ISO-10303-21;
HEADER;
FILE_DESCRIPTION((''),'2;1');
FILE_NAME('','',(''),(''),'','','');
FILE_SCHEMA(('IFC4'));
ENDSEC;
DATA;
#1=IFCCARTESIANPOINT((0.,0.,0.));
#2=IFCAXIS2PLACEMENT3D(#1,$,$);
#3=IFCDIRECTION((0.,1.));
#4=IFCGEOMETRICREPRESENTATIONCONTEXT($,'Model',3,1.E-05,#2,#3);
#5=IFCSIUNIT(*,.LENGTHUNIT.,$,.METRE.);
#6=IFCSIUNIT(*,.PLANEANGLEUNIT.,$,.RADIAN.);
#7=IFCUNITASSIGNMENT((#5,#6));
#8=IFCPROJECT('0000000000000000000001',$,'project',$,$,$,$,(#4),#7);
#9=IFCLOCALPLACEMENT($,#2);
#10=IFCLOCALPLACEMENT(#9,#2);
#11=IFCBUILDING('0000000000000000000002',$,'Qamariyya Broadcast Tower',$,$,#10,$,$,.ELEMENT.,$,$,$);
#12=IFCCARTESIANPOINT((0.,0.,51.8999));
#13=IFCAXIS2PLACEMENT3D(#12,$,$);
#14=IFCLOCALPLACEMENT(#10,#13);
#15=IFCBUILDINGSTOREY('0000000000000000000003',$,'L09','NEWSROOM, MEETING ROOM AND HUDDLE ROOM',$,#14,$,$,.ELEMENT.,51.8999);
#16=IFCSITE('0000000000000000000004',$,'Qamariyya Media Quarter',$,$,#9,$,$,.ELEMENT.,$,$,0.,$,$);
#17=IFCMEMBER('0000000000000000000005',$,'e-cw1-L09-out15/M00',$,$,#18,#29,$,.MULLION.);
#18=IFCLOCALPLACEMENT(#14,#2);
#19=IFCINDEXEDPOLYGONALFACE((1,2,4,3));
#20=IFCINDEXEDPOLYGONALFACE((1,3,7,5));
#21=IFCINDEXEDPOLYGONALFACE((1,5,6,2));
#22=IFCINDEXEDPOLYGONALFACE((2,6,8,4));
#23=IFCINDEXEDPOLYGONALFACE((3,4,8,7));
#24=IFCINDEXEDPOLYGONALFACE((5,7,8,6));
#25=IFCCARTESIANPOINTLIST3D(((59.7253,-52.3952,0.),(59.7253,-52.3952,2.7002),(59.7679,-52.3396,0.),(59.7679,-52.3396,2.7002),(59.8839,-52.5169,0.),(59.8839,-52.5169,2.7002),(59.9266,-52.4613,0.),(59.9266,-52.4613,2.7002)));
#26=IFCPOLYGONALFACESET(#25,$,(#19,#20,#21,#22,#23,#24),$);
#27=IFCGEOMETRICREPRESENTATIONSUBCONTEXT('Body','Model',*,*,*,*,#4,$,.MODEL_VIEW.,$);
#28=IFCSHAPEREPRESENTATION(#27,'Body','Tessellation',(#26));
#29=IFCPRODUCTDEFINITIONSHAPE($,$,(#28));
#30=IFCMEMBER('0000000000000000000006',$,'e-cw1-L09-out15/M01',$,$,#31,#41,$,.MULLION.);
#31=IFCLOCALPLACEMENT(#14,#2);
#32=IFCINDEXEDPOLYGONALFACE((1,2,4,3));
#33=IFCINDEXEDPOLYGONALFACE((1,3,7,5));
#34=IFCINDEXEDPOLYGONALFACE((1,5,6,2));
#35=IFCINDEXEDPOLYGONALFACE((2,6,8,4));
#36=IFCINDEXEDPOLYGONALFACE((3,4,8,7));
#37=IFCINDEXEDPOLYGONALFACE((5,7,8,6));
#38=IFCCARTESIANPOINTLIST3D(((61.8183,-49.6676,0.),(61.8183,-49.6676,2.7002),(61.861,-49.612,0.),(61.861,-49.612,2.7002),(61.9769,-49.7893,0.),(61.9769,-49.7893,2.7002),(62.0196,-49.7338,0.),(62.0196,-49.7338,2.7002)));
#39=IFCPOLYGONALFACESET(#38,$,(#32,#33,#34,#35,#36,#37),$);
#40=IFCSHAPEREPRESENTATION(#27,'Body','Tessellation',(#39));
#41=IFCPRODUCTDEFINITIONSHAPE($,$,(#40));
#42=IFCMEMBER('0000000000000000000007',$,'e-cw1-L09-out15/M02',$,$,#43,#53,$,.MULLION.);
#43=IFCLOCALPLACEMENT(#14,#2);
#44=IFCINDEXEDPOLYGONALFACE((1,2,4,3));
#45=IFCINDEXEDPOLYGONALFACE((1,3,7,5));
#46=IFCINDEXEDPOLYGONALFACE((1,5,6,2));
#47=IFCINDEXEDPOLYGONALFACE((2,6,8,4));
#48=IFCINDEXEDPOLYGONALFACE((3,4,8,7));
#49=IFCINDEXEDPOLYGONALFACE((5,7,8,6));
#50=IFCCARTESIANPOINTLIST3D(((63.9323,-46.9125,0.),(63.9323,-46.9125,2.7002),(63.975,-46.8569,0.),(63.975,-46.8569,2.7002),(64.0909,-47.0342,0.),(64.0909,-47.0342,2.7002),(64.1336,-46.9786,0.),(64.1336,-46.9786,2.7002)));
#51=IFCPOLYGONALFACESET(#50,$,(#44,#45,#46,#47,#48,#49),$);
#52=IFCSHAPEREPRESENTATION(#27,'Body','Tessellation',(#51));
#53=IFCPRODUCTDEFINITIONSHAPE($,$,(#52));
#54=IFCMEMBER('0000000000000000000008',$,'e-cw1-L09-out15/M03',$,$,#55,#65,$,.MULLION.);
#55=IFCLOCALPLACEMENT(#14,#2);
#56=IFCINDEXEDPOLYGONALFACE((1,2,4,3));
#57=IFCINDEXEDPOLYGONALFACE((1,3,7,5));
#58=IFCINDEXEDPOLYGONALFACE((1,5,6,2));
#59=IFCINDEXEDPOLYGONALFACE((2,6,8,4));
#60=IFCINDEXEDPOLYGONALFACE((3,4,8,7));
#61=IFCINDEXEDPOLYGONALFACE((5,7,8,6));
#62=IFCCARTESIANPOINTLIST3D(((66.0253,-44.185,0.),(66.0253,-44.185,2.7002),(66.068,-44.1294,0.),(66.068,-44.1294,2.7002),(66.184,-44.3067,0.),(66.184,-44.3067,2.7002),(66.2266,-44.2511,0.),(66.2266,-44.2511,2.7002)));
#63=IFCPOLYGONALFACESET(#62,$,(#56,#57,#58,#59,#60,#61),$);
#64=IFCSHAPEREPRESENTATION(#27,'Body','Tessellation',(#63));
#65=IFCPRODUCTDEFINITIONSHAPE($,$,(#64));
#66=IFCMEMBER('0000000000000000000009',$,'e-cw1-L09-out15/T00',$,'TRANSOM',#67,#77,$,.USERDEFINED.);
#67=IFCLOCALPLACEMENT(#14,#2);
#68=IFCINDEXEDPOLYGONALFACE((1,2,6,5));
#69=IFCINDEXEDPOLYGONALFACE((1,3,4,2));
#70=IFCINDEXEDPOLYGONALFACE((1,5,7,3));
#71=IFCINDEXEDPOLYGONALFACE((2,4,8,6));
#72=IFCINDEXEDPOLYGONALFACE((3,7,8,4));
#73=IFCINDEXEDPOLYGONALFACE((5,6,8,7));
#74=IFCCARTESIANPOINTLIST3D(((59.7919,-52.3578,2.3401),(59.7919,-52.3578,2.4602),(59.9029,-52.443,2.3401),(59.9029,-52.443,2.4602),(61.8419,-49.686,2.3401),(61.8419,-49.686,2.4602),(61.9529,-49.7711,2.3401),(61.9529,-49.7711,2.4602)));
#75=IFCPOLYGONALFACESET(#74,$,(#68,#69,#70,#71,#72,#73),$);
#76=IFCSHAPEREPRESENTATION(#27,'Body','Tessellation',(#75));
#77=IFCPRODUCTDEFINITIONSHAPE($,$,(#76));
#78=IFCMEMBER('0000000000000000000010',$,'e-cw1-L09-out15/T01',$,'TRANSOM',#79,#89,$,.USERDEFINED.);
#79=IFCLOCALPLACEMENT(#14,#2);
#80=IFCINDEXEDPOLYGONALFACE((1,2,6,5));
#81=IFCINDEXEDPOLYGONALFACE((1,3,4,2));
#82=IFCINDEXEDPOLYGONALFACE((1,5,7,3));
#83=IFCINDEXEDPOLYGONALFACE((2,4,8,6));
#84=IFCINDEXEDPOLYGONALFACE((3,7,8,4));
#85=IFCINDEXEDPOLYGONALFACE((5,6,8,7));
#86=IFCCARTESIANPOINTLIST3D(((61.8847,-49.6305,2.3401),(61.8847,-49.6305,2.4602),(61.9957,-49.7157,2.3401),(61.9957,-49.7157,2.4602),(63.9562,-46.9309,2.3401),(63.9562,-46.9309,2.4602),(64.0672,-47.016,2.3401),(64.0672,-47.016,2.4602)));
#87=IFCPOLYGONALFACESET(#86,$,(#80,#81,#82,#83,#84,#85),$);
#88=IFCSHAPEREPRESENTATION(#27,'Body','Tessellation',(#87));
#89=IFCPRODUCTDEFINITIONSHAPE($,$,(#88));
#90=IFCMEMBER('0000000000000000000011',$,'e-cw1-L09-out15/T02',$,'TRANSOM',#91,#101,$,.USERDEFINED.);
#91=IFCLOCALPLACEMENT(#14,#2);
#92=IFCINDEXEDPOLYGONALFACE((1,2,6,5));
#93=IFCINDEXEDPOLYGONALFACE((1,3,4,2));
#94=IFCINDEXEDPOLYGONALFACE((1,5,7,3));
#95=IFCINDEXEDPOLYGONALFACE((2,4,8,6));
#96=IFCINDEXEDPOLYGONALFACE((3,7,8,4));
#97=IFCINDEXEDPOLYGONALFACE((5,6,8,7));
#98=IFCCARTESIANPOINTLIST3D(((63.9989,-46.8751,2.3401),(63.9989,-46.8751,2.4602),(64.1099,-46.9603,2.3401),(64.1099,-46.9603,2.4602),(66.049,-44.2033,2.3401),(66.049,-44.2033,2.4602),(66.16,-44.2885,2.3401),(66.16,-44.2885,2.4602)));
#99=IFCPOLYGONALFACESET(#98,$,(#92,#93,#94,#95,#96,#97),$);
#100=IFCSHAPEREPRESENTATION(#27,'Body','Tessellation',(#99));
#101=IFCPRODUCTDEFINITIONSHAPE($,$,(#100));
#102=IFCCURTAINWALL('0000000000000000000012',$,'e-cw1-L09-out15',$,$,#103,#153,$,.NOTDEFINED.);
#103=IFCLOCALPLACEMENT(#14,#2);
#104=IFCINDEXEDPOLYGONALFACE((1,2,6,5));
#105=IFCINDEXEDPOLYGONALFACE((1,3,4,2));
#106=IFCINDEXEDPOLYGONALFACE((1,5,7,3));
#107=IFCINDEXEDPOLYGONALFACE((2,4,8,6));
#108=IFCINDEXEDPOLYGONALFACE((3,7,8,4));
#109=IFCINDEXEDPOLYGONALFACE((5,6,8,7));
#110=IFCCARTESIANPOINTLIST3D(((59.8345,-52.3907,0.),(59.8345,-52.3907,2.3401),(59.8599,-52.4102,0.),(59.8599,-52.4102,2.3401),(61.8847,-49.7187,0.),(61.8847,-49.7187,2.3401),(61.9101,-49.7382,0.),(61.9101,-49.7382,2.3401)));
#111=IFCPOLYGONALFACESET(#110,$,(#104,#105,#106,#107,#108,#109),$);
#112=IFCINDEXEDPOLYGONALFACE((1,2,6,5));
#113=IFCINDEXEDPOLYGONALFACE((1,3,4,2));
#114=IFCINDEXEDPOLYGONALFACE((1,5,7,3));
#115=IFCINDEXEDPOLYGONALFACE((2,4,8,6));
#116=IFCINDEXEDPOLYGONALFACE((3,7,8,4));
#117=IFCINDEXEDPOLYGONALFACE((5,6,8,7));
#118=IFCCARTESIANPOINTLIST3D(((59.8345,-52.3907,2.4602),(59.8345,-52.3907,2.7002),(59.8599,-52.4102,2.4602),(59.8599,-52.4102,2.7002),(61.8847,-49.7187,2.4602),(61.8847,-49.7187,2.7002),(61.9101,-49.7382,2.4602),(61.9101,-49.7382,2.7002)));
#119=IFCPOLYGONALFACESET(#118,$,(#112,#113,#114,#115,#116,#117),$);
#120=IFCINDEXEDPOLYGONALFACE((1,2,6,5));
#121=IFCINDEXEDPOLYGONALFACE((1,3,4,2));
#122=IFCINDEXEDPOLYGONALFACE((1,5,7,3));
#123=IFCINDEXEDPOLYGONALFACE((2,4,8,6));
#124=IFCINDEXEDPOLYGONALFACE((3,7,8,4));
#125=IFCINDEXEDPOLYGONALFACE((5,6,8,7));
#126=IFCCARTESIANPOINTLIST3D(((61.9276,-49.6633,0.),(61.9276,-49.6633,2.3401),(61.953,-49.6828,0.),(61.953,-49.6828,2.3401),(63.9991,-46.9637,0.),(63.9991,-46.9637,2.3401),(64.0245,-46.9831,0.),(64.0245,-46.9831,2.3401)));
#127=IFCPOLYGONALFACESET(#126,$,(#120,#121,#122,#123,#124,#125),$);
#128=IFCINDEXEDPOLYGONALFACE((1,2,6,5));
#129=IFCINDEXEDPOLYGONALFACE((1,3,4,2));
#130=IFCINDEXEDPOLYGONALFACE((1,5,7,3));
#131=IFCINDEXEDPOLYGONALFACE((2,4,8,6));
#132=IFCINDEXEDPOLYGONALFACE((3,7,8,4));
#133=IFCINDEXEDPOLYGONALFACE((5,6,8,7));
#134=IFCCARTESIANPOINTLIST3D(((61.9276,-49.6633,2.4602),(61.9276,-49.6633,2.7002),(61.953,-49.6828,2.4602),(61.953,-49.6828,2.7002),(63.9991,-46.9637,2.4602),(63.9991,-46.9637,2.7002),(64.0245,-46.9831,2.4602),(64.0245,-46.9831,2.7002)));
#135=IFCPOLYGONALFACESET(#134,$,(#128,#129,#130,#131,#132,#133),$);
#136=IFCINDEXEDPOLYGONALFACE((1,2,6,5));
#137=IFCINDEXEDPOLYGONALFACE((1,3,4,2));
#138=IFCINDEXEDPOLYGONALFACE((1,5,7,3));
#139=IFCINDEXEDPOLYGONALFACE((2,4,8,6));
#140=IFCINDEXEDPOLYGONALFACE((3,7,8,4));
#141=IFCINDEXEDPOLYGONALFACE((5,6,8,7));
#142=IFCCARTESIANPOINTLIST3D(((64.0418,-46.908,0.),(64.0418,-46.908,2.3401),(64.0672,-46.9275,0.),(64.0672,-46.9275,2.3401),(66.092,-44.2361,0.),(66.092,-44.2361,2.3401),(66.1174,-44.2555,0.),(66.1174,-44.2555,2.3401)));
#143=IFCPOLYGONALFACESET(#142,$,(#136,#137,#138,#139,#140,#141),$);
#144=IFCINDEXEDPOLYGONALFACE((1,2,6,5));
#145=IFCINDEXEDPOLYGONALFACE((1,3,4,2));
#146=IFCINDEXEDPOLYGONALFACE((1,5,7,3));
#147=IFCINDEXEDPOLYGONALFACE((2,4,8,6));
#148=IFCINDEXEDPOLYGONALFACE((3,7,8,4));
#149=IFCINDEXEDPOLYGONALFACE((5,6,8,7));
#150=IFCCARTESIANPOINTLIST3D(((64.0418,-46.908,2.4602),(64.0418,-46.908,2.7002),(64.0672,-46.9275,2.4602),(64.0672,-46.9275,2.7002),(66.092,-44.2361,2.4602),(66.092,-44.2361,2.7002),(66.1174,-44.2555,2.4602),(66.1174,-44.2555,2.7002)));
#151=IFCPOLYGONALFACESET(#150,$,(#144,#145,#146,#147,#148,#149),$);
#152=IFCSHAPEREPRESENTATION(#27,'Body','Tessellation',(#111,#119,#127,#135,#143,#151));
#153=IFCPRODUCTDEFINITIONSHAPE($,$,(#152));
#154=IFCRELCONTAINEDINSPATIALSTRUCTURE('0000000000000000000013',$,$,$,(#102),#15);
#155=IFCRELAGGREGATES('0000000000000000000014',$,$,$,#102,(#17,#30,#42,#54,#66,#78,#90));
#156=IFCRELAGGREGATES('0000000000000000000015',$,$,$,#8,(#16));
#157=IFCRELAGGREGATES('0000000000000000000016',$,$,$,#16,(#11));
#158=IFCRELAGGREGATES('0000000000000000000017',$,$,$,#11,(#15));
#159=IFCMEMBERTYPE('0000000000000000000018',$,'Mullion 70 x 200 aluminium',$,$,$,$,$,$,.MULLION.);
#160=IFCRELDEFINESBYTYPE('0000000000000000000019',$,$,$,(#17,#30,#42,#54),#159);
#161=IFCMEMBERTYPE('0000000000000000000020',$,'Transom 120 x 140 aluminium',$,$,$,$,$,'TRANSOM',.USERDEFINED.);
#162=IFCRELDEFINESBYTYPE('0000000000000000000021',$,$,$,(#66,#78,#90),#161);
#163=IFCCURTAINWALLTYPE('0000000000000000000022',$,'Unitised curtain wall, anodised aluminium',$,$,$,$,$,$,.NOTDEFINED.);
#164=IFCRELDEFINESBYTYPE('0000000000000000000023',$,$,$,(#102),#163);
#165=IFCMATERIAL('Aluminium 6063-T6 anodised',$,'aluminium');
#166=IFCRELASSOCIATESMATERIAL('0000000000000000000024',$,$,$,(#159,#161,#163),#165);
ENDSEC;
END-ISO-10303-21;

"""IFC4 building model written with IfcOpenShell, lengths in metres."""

from ifc_helpers import new_model, si_unit, direction, frame, origin, origin_2d, place, context, subcontext, project, spatial, rectangle, extrude, material, material_profile, profile_set, type_object, element, aggregate, save


model = new_model("IFC4")

# Units and contexts
model_context = context("Model", 3, precision=1e-05, world=origin(), true_north=direction((0.0, 1.0)))
body_context = subcontext(model_context, "Body", "Model", "MODEL_VIEW")
ifc_project = project(units=[si_unit("LENGTHUNIT", "METRE"), si_unit("PLANEANGLEUNIT", "RADIAN")], contexts=[model_context])

# Members
ifc_material = material(Name="Aluminium 6063-T6 anodised", Category="aluminium")
ifc_material_profile_1 = material_profile(ifc_material, rectangle(XDim=0.2, YDim=0.0701, at=origin_2d()))
ifc_profile_set_1 = profile_set([ifc_material_profile_1], Name="Aluminium 6063-T6 anodised")
member_type_1 = type_object("IfcMemberType", Name="Mullion 70 x 200 aluminium", PredefinedType="MULLION", material=ifc_profile_set_1)
site_placement = place(None, origin())
building_placement = place(site_placement, origin())
storey_placement = place(building_placement, frame((0.0, 0.0, 51.8999)))
member_1_placement = place(storey_placement, frame((59.8259, -52.4282, 0.0), z_axis=(0.0, 0.0, 1.0), x_axis=(-0.793353, 0.608761, 0.0)))
member_1 = element("IfcMember", 1, at=member_1_placement, type_object=member_type_1, Name="e-cw1-L09-out15/M00", PredefinedType="MULLION", context=body_context, shape_type="SweptSolid", body=[
    extrude(rectangle(XDim=0.2, YDim=0.0701, at=origin_2d()), origin(), (0.0, 0.0, 1.0), 2.7002),
])
member_2_placement = place(storey_placement, frame((61.9189, -49.7007, 0.0), z_axis=(0.0, 0.0, 1.0), x_axis=(-0.793353, 0.608761, 0.0)))
member_2 = element("IfcMember", 2, at=member_2_placement, type_object=member_type_1, Name="e-cw1-L09-out15/M01", PredefinedType="MULLION", context=body_context, shape_type="SweptSolid", body=[
    extrude(rectangle(XDim=0.2, YDim=0.0701, at=origin_2d()), origin(), (0.0, 0.0, 1.0), 2.7002),
])
member_3_placement = place(storey_placement, frame((64.033, -46.9456, 0.0), z_axis=(0.0, 0.0, 1.0), x_axis=(-0.793353, 0.608761, 0.0)))
member_3 = element("IfcMember", 3, at=member_3_placement, type_object=member_type_1, Name="e-cw1-L09-out15/M02", PredefinedType="MULLION", context=body_context, shape_type="SweptSolid", body=[
    extrude(rectangle(XDim=0.2, YDim=0.0701, at=origin_2d()), origin(), (0.0, 0.0, 1.0), 2.7002),
])
member_4_placement = place(storey_placement, frame((66.126, -44.218, 0.0), z_axis=(0.0, 0.0, 1.0), x_axis=(-0.793353, 0.608761, 0.0)))
member_4 = element("IfcMember", 4, at=member_4_placement, type_object=member_type_1, Name="e-cw1-L09-out15/M03", PredefinedType="MULLION", context=body_context, shape_type="SweptSolid", body=[
    extrude(rectangle(XDim=0.2, YDim=0.0701, at=origin_2d()), origin(), (0.0, 0.0, 1.0), 2.7002),
])
ifc_material_profile_2 = material_profile(ifc_material, rectangle(XDim=0.1399, YDim=0.1201, at=origin_2d()))
ifc_profile_set_2 = profile_set([ifc_material_profile_2], Name="Aluminium 6063-T6 anodised")
member_type_2 = type_object("IfcMemberType", Name="Transom 120 x 140 aluminium", ElementType="TRANSOM", PredefinedType="USERDEFINED", material=ifc_profile_set_2)
member_5_placement = place(storey_placement, frame((59.8474, -52.4004, 2.4001), z_axis=(0.608733, 0.793375, 0.0), x_axis=(-0.793375, 0.608733, 0.0)))
member_5 = element("IfcMember", 5, at=member_5_placement, type_object=member_type_2, Name="e-cw1-L09-out15/T00", ObjectType="TRANSOM", PredefinedType="USERDEFINED", context=body_context, shape_type="SweptSolid", body=[
    extrude(rectangle(XDim=0.1399, YDim=0.1201, at=origin_2d()), origin(), (0.0, 0.0, 1.0), 3.3677),
])
member_6_placement = place(storey_placement, frame((61.9402, -49.6731, 2.4001), z_axis=(0.608757, 0.793357, 0.0), x_axis=(-0.793357, 0.608757, 0.0)))
member_6 = element("IfcMember", 6, at=member_6_placement, type_object=member_type_2, Name="e-cw1-L09-out15/T01", ObjectType="TRANSOM", PredefinedType="USERDEFINED", context=body_context, shape_type="SweptSolid", body=[
    extrude(rectangle(XDim=0.1399, YDim=0.1201, at=origin_2d()), origin(), (0.0, 0.0, 1.0), 3.4028),
])
member_7_placement = place(storey_placement, frame((64.0544, -46.9177, 2.4001), z_axis=(0.608733, 0.793375, 0.0), x_axis=(-0.793375, 0.608733, 0.0)))
member_7 = element("IfcMember", 7, at=member_7_placement, type_object=member_type_2, Name="e-cw1-L09-out15/T02", ObjectType="TRANSOM", PredefinedType="USERDEFINED", context=body_context, shape_type="SweptSolid", body=[
    extrude(rectangle(XDim=0.1399, YDim=0.1201, at=origin_2d()), origin(), (0.0, 0.0, 1.0), 3.3677),
])

# Site, building, storey
site = spatial("IfcSite", under=ifc_project, at=site_placement, Name="Qamariyya Media Quarter", CompositionType="ELEMENT", RefElevation=0.0)
building = spatial("IfcBuilding", under=site, at=building_placement, Name="Qamariyya Broadcast Tower", CompositionType="ELEMENT")
storey = spatial("IfcBuildingStorey", under=building, at=storey_placement, Name="L09", Description="NEWSROOM, MEETING ROOM AND HUDDLE ROOM", CompositionType="ELEMENT", Elevation=51.8999)

# Curtain wall
curtain_wall_type = type_object("IfcCurtainWallType", Name="Unitised curtain wall, anodised aluminium", PredefinedType="NOTDEFINED", material=ifc_material)
curtain_wall_1_placement = place(storey_placement, origin())
curtain_wall_1 = element("IfcCurtainWall", 8, at=curtain_wall_1_placement, inside=storey, type_object=curtain_wall_type, Name="e-cw1-L09-out15", PredefinedType="NOTDEFINED", context=body_context, shape_type="SweptSolid", body=[
    extrude(rectangle(XDim=3.3679, YDim=0.032, at=origin_2d()), frame((60.8723, -51.0645, 0.0), x_axis=(0.608756, 0.793358, 0.0)), (0.0, 0.0, 1.0), 2.3401),
    extrude(rectangle(XDim=3.3679, YDim=0.032, at=origin_2d()), frame((60.8723, -51.0645, 2.4602), x_axis=(0.608756, 0.793358, 0.0)), (0.0, 0.0, 1.0), 0.24),
    extrude(rectangle(XDim=3.4028, YDim=0.032, at=origin_2d()), frame((62.9761, -48.3232, 0.0), x_axis=(0.608756, 0.793358, 0.0)), (0.0, 0.0, 1.0), 2.3401),
    extrude(rectangle(XDim=3.4028, YDim=0.032, at=origin_2d()), frame((62.9761, -48.3232, 2.4602), x_axis=(0.608756, 0.793358, 0.0)), (0.0, 0.0, 1.0), 0.24),
    extrude(rectangle(XDim=3.3679, YDim=0.032, at=origin_2d()), frame((65.0796, -45.5818, 0.0), x_axis=(0.608756, 0.793358, 0.0)), (0.0, 0.0, 1.0), 2.3401),
    extrude(rectangle(XDim=3.3679, YDim=0.032, at=origin_2d()), frame((65.0796, -45.5818, 2.4602), x_axis=(0.608756, 0.793358, 0.0)), (0.0, 0.0, 1.0), 0.24),
])
aggregate(curtain_wall_1, [member_1, member_2, member_3, member_4, member_5, member_6, member_7])

save(model, "model.ifc")
